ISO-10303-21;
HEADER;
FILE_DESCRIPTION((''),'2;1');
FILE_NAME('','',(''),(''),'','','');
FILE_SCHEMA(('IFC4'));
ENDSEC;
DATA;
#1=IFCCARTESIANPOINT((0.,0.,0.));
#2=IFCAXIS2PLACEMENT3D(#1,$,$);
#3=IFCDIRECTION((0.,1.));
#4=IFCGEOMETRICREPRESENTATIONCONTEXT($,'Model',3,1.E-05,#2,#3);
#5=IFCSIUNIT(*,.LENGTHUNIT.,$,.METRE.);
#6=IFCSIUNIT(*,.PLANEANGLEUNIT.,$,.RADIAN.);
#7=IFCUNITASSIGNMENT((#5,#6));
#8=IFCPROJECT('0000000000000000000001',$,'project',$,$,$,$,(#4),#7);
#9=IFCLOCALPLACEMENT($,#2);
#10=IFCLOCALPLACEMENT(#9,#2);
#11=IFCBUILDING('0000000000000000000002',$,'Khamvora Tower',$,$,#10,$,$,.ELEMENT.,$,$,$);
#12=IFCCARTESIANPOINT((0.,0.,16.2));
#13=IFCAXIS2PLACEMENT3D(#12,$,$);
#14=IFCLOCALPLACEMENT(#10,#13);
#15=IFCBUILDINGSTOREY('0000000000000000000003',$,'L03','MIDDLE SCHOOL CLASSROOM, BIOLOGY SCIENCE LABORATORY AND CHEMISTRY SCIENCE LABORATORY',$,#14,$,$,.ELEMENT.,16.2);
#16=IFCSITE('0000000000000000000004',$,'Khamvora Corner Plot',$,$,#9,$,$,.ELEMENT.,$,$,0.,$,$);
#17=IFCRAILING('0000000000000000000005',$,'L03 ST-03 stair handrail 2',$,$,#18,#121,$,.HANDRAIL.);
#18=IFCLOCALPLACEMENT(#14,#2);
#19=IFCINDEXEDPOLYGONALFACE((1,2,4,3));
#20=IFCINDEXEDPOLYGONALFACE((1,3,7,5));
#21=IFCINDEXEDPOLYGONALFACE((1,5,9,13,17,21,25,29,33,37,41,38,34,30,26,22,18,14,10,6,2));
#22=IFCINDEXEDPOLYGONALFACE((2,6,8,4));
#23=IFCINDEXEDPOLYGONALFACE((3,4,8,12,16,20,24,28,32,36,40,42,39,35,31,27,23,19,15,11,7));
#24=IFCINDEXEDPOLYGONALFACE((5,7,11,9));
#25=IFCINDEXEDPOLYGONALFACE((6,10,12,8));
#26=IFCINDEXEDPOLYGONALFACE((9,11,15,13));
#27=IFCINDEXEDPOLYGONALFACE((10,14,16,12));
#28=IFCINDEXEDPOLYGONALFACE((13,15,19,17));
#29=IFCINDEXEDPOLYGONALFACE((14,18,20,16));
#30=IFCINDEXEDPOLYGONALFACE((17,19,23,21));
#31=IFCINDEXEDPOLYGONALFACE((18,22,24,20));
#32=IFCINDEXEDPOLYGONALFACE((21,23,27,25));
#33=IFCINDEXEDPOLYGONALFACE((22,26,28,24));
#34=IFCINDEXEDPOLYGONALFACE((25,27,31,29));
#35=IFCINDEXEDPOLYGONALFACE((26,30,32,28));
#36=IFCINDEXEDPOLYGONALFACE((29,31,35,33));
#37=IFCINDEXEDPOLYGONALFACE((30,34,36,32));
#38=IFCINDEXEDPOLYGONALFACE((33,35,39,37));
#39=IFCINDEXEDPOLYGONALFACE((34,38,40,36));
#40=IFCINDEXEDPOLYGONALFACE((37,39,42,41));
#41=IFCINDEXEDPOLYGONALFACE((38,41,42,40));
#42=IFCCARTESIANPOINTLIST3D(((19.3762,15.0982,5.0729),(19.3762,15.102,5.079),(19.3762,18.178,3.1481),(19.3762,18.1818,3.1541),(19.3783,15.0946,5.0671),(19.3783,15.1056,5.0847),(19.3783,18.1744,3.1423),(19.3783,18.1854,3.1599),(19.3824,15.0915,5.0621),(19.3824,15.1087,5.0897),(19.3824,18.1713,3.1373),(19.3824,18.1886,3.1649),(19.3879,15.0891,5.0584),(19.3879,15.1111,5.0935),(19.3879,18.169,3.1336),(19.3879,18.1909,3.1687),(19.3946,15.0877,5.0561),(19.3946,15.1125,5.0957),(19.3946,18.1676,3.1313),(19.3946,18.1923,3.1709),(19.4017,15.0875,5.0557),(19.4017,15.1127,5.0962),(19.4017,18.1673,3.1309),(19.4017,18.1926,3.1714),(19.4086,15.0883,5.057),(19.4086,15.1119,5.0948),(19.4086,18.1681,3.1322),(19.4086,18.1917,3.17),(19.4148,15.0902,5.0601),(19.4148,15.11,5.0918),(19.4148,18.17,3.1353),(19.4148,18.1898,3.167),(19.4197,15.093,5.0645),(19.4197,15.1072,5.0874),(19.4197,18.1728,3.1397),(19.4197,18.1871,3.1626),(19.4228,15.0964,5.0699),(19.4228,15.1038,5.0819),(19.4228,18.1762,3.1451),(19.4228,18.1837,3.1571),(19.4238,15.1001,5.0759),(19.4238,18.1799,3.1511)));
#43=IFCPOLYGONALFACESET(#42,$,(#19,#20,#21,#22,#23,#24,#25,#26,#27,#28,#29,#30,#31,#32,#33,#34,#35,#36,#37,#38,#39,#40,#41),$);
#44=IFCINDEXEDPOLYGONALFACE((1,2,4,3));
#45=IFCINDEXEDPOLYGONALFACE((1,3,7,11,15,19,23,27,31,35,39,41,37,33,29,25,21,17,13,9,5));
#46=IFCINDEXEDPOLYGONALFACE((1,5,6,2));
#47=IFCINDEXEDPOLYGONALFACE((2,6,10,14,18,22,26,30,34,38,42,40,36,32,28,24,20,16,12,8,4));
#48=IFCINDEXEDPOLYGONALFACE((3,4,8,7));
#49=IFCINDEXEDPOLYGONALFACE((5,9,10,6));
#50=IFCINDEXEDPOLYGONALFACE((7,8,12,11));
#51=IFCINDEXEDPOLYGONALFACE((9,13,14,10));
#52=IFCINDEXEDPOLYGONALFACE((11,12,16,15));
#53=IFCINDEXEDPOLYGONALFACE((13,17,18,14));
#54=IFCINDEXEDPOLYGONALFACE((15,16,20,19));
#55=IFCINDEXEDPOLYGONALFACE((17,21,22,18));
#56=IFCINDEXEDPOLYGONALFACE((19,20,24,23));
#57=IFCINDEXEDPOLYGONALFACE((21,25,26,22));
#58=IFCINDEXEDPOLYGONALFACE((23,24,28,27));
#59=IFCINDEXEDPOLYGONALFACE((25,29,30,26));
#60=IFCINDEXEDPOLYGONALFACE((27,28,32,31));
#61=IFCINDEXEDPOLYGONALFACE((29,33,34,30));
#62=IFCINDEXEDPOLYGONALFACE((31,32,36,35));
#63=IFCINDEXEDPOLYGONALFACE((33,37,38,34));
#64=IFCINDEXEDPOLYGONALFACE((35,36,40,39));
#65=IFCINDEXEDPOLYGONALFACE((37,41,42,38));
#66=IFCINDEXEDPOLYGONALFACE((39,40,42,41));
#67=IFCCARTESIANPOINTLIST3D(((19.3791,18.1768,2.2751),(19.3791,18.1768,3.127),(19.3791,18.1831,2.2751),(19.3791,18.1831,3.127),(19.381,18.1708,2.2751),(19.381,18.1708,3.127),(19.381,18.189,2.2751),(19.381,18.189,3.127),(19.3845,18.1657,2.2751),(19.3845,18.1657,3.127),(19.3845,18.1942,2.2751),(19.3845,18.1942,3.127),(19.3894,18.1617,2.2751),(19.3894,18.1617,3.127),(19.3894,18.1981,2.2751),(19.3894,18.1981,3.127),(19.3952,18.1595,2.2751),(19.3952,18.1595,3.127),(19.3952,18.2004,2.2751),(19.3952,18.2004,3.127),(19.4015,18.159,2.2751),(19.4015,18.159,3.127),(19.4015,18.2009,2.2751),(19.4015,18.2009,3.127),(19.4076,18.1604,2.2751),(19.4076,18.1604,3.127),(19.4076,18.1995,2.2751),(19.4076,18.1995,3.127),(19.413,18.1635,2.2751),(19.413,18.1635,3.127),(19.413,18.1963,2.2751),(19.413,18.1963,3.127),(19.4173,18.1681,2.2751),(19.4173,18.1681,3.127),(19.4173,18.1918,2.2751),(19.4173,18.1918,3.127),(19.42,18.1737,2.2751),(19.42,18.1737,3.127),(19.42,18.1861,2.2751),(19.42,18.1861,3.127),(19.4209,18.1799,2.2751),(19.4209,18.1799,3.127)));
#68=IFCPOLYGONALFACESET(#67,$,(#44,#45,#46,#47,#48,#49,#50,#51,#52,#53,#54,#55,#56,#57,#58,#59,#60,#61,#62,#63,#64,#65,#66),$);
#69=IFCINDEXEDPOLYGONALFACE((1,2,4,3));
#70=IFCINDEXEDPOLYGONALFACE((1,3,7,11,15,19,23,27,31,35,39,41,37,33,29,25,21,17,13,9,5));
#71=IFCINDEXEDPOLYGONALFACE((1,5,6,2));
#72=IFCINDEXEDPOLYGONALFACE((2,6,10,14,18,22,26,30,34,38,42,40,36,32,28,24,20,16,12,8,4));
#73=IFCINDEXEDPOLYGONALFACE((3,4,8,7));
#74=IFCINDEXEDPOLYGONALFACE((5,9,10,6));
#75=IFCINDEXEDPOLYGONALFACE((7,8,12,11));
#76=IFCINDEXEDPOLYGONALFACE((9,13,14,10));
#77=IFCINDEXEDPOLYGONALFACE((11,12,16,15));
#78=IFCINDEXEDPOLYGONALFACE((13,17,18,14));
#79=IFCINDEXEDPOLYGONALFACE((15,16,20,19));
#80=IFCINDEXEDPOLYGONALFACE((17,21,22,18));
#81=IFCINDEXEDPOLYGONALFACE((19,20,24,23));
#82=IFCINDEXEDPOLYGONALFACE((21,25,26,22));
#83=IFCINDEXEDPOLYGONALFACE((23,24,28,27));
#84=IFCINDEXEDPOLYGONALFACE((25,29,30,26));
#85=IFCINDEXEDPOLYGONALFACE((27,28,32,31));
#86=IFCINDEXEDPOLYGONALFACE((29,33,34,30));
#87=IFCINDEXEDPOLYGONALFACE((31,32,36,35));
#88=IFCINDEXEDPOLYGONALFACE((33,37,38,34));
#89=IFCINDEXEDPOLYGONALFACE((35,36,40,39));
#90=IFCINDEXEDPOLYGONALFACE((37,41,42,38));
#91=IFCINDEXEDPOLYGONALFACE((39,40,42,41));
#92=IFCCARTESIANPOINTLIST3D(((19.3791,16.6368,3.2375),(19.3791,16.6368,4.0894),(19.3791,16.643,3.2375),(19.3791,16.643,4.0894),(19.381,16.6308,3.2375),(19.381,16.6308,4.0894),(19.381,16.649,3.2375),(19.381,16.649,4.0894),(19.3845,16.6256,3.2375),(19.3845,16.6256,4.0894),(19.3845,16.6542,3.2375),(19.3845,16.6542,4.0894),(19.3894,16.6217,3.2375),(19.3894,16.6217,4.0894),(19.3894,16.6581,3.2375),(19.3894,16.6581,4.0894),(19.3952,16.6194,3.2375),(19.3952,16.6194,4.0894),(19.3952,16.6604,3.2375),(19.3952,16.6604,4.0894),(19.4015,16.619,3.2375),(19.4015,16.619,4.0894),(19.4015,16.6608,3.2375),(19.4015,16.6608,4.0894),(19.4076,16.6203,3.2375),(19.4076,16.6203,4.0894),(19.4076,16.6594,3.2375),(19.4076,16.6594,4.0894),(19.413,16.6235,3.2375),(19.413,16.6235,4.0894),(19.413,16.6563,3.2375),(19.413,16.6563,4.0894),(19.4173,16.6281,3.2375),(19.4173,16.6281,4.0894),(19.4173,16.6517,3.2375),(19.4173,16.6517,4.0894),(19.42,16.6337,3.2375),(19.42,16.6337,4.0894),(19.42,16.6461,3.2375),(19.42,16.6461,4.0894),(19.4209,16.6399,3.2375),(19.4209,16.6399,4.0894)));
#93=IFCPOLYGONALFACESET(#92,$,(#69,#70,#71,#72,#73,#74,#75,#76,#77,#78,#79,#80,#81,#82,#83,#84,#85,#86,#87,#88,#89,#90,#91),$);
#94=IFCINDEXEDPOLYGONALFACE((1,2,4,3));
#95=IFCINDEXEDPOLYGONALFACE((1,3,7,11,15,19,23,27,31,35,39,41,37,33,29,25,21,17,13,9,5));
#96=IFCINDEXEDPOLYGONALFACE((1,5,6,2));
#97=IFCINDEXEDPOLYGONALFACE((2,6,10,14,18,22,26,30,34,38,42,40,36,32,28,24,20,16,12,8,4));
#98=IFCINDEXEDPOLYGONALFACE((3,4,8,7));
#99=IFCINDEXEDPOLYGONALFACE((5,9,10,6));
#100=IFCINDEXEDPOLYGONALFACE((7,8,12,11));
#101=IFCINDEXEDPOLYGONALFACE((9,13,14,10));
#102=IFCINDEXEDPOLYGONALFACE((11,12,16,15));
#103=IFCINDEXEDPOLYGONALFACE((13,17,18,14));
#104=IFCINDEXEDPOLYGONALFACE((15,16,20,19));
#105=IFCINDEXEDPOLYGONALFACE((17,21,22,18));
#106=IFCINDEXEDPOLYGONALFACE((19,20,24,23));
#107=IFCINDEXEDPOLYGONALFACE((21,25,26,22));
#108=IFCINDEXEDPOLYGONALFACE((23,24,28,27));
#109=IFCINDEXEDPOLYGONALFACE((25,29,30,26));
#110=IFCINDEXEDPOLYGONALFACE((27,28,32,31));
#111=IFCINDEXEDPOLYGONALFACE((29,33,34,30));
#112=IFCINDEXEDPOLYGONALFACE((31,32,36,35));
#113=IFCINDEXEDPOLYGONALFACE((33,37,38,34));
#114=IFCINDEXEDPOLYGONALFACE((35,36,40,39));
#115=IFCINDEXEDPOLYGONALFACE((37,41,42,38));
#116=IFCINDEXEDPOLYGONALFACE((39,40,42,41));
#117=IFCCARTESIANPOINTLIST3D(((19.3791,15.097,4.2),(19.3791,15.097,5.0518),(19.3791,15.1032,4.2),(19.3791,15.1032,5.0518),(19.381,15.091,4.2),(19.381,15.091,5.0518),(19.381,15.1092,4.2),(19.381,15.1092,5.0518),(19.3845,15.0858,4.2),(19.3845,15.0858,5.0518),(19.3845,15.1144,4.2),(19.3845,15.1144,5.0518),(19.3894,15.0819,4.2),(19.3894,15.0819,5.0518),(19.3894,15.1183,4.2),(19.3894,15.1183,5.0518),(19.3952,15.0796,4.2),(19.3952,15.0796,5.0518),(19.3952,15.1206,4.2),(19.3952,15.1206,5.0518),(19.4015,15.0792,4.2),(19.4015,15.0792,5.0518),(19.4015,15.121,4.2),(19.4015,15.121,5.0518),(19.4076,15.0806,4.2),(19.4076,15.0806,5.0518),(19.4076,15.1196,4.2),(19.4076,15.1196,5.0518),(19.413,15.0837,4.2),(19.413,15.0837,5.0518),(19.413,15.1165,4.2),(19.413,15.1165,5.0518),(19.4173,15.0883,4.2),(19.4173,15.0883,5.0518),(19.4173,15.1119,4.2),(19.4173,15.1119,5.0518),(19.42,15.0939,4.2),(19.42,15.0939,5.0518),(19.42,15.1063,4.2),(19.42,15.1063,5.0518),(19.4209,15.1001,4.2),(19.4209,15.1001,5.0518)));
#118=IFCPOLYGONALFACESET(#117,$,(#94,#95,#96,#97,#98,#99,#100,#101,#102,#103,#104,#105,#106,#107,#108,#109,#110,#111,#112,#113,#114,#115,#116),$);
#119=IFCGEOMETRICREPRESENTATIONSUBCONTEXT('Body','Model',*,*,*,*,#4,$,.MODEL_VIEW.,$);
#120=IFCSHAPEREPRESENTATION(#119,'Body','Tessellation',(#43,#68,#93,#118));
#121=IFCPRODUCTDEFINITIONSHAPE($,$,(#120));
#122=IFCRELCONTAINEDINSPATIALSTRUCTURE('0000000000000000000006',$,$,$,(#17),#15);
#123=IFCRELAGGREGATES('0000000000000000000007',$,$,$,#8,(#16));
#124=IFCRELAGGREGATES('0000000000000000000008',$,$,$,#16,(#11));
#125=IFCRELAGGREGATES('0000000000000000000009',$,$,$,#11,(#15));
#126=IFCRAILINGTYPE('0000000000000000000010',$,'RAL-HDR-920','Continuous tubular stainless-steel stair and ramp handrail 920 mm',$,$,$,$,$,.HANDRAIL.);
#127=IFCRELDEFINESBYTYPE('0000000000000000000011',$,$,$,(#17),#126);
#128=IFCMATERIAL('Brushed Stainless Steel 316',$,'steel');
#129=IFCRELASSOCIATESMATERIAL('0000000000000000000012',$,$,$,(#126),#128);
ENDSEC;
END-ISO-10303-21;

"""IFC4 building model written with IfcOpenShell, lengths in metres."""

from ifc_helpers import new_model, si_unit, direction, frame, origin, origin_2d, place, context, subcontext, project, spatial, circle, extrude, material, type_object, element, save


model = new_model("IFC4")

# Units and contexts
model_context = context("Model", 3, precision=1e-05, world=origin(), true_north=direction((0.0, 1.0)))
body_context = subcontext(model_context, "Body", "Model", "MODEL_VIEW")
ifc_project = project(units=[si_unit("LENGTHUNIT", "METRE"), si_unit("PLANEANGLEUNIT", "RADIAN")], contexts=[model_context])

# Site, building, storey
site_placement = place(None, origin())
site = spatial("IfcSite", under=ifc_project, at=site_placement, Name="Khamvora Corner Plot", CompositionType="ELEMENT", RefElevation=0.0)
building_placement = place(site_placement, origin())
building = spatial("IfcBuilding", under=site, at=building_placement, Name="Khamvora Tower", CompositionType="ELEMENT")
storey_placement = place(building_placement, frame((0.0, 0.0, 16.2)))
storey = spatial("IfcBuildingStorey", under=building, at=storey_placement, Name="L03", Description="MIDDLE SCHOOL CLASSROOM, BIOLOGY SCIENCE LABORATORY AND CHEMISTRY SCIENCE LABORATORY", CompositionType="ELEMENT", Elevation=16.2)

# Railing
ifc_material_1 = material(Name="Brushed Stainless Steel 316", Category="steel")
railing_type_1 = type_object("IfcRailingType", Name="RAL-HDR-920", Description="Continuous tubular stainless-steel stair and ramp handrail 920 mm", PredefinedType="HANDRAIL", material=ifc_material_1)
railing_1_placement = place(storey_placement, frame((19.3999, 18.1799, 2.2751)))
element("IfcRailing", 1, at=railing_1_placement, inside=storey, type_object=railing_type_1, Name="L03 ST-03 stair handrail 2", PredefinedType="HANDRAIL", context=body_context, shape_type="SweptSolid", body=[
    extrude(circle(Radius=0.0239, at=origin_2d()), frame((0.0, 0.0, 0.876), z_axis=(0.0, -0.84801, 0.529981), x_axis=(1.0, 0.0, 0.0)), (0.0, 0.0, 1.0), 3.6318),
    extrude(circle(Radius=0.021, at=origin_2d()), origin(), (0.0, 0.0, 1.0), 0.8518),
    extrude(circle(Radius=0.021, at=origin_2d()), frame((0.0, -1.54, 0.9624)), (0.0, 0.0, 1.0), 0.8518),
    extrude(circle(Radius=0.021, at=origin_2d()), frame((0.0, -3.0798, 1.9248)), (0.0, 0.0, 1.0), 0.8518),
])

save(model, "model.ifc")
